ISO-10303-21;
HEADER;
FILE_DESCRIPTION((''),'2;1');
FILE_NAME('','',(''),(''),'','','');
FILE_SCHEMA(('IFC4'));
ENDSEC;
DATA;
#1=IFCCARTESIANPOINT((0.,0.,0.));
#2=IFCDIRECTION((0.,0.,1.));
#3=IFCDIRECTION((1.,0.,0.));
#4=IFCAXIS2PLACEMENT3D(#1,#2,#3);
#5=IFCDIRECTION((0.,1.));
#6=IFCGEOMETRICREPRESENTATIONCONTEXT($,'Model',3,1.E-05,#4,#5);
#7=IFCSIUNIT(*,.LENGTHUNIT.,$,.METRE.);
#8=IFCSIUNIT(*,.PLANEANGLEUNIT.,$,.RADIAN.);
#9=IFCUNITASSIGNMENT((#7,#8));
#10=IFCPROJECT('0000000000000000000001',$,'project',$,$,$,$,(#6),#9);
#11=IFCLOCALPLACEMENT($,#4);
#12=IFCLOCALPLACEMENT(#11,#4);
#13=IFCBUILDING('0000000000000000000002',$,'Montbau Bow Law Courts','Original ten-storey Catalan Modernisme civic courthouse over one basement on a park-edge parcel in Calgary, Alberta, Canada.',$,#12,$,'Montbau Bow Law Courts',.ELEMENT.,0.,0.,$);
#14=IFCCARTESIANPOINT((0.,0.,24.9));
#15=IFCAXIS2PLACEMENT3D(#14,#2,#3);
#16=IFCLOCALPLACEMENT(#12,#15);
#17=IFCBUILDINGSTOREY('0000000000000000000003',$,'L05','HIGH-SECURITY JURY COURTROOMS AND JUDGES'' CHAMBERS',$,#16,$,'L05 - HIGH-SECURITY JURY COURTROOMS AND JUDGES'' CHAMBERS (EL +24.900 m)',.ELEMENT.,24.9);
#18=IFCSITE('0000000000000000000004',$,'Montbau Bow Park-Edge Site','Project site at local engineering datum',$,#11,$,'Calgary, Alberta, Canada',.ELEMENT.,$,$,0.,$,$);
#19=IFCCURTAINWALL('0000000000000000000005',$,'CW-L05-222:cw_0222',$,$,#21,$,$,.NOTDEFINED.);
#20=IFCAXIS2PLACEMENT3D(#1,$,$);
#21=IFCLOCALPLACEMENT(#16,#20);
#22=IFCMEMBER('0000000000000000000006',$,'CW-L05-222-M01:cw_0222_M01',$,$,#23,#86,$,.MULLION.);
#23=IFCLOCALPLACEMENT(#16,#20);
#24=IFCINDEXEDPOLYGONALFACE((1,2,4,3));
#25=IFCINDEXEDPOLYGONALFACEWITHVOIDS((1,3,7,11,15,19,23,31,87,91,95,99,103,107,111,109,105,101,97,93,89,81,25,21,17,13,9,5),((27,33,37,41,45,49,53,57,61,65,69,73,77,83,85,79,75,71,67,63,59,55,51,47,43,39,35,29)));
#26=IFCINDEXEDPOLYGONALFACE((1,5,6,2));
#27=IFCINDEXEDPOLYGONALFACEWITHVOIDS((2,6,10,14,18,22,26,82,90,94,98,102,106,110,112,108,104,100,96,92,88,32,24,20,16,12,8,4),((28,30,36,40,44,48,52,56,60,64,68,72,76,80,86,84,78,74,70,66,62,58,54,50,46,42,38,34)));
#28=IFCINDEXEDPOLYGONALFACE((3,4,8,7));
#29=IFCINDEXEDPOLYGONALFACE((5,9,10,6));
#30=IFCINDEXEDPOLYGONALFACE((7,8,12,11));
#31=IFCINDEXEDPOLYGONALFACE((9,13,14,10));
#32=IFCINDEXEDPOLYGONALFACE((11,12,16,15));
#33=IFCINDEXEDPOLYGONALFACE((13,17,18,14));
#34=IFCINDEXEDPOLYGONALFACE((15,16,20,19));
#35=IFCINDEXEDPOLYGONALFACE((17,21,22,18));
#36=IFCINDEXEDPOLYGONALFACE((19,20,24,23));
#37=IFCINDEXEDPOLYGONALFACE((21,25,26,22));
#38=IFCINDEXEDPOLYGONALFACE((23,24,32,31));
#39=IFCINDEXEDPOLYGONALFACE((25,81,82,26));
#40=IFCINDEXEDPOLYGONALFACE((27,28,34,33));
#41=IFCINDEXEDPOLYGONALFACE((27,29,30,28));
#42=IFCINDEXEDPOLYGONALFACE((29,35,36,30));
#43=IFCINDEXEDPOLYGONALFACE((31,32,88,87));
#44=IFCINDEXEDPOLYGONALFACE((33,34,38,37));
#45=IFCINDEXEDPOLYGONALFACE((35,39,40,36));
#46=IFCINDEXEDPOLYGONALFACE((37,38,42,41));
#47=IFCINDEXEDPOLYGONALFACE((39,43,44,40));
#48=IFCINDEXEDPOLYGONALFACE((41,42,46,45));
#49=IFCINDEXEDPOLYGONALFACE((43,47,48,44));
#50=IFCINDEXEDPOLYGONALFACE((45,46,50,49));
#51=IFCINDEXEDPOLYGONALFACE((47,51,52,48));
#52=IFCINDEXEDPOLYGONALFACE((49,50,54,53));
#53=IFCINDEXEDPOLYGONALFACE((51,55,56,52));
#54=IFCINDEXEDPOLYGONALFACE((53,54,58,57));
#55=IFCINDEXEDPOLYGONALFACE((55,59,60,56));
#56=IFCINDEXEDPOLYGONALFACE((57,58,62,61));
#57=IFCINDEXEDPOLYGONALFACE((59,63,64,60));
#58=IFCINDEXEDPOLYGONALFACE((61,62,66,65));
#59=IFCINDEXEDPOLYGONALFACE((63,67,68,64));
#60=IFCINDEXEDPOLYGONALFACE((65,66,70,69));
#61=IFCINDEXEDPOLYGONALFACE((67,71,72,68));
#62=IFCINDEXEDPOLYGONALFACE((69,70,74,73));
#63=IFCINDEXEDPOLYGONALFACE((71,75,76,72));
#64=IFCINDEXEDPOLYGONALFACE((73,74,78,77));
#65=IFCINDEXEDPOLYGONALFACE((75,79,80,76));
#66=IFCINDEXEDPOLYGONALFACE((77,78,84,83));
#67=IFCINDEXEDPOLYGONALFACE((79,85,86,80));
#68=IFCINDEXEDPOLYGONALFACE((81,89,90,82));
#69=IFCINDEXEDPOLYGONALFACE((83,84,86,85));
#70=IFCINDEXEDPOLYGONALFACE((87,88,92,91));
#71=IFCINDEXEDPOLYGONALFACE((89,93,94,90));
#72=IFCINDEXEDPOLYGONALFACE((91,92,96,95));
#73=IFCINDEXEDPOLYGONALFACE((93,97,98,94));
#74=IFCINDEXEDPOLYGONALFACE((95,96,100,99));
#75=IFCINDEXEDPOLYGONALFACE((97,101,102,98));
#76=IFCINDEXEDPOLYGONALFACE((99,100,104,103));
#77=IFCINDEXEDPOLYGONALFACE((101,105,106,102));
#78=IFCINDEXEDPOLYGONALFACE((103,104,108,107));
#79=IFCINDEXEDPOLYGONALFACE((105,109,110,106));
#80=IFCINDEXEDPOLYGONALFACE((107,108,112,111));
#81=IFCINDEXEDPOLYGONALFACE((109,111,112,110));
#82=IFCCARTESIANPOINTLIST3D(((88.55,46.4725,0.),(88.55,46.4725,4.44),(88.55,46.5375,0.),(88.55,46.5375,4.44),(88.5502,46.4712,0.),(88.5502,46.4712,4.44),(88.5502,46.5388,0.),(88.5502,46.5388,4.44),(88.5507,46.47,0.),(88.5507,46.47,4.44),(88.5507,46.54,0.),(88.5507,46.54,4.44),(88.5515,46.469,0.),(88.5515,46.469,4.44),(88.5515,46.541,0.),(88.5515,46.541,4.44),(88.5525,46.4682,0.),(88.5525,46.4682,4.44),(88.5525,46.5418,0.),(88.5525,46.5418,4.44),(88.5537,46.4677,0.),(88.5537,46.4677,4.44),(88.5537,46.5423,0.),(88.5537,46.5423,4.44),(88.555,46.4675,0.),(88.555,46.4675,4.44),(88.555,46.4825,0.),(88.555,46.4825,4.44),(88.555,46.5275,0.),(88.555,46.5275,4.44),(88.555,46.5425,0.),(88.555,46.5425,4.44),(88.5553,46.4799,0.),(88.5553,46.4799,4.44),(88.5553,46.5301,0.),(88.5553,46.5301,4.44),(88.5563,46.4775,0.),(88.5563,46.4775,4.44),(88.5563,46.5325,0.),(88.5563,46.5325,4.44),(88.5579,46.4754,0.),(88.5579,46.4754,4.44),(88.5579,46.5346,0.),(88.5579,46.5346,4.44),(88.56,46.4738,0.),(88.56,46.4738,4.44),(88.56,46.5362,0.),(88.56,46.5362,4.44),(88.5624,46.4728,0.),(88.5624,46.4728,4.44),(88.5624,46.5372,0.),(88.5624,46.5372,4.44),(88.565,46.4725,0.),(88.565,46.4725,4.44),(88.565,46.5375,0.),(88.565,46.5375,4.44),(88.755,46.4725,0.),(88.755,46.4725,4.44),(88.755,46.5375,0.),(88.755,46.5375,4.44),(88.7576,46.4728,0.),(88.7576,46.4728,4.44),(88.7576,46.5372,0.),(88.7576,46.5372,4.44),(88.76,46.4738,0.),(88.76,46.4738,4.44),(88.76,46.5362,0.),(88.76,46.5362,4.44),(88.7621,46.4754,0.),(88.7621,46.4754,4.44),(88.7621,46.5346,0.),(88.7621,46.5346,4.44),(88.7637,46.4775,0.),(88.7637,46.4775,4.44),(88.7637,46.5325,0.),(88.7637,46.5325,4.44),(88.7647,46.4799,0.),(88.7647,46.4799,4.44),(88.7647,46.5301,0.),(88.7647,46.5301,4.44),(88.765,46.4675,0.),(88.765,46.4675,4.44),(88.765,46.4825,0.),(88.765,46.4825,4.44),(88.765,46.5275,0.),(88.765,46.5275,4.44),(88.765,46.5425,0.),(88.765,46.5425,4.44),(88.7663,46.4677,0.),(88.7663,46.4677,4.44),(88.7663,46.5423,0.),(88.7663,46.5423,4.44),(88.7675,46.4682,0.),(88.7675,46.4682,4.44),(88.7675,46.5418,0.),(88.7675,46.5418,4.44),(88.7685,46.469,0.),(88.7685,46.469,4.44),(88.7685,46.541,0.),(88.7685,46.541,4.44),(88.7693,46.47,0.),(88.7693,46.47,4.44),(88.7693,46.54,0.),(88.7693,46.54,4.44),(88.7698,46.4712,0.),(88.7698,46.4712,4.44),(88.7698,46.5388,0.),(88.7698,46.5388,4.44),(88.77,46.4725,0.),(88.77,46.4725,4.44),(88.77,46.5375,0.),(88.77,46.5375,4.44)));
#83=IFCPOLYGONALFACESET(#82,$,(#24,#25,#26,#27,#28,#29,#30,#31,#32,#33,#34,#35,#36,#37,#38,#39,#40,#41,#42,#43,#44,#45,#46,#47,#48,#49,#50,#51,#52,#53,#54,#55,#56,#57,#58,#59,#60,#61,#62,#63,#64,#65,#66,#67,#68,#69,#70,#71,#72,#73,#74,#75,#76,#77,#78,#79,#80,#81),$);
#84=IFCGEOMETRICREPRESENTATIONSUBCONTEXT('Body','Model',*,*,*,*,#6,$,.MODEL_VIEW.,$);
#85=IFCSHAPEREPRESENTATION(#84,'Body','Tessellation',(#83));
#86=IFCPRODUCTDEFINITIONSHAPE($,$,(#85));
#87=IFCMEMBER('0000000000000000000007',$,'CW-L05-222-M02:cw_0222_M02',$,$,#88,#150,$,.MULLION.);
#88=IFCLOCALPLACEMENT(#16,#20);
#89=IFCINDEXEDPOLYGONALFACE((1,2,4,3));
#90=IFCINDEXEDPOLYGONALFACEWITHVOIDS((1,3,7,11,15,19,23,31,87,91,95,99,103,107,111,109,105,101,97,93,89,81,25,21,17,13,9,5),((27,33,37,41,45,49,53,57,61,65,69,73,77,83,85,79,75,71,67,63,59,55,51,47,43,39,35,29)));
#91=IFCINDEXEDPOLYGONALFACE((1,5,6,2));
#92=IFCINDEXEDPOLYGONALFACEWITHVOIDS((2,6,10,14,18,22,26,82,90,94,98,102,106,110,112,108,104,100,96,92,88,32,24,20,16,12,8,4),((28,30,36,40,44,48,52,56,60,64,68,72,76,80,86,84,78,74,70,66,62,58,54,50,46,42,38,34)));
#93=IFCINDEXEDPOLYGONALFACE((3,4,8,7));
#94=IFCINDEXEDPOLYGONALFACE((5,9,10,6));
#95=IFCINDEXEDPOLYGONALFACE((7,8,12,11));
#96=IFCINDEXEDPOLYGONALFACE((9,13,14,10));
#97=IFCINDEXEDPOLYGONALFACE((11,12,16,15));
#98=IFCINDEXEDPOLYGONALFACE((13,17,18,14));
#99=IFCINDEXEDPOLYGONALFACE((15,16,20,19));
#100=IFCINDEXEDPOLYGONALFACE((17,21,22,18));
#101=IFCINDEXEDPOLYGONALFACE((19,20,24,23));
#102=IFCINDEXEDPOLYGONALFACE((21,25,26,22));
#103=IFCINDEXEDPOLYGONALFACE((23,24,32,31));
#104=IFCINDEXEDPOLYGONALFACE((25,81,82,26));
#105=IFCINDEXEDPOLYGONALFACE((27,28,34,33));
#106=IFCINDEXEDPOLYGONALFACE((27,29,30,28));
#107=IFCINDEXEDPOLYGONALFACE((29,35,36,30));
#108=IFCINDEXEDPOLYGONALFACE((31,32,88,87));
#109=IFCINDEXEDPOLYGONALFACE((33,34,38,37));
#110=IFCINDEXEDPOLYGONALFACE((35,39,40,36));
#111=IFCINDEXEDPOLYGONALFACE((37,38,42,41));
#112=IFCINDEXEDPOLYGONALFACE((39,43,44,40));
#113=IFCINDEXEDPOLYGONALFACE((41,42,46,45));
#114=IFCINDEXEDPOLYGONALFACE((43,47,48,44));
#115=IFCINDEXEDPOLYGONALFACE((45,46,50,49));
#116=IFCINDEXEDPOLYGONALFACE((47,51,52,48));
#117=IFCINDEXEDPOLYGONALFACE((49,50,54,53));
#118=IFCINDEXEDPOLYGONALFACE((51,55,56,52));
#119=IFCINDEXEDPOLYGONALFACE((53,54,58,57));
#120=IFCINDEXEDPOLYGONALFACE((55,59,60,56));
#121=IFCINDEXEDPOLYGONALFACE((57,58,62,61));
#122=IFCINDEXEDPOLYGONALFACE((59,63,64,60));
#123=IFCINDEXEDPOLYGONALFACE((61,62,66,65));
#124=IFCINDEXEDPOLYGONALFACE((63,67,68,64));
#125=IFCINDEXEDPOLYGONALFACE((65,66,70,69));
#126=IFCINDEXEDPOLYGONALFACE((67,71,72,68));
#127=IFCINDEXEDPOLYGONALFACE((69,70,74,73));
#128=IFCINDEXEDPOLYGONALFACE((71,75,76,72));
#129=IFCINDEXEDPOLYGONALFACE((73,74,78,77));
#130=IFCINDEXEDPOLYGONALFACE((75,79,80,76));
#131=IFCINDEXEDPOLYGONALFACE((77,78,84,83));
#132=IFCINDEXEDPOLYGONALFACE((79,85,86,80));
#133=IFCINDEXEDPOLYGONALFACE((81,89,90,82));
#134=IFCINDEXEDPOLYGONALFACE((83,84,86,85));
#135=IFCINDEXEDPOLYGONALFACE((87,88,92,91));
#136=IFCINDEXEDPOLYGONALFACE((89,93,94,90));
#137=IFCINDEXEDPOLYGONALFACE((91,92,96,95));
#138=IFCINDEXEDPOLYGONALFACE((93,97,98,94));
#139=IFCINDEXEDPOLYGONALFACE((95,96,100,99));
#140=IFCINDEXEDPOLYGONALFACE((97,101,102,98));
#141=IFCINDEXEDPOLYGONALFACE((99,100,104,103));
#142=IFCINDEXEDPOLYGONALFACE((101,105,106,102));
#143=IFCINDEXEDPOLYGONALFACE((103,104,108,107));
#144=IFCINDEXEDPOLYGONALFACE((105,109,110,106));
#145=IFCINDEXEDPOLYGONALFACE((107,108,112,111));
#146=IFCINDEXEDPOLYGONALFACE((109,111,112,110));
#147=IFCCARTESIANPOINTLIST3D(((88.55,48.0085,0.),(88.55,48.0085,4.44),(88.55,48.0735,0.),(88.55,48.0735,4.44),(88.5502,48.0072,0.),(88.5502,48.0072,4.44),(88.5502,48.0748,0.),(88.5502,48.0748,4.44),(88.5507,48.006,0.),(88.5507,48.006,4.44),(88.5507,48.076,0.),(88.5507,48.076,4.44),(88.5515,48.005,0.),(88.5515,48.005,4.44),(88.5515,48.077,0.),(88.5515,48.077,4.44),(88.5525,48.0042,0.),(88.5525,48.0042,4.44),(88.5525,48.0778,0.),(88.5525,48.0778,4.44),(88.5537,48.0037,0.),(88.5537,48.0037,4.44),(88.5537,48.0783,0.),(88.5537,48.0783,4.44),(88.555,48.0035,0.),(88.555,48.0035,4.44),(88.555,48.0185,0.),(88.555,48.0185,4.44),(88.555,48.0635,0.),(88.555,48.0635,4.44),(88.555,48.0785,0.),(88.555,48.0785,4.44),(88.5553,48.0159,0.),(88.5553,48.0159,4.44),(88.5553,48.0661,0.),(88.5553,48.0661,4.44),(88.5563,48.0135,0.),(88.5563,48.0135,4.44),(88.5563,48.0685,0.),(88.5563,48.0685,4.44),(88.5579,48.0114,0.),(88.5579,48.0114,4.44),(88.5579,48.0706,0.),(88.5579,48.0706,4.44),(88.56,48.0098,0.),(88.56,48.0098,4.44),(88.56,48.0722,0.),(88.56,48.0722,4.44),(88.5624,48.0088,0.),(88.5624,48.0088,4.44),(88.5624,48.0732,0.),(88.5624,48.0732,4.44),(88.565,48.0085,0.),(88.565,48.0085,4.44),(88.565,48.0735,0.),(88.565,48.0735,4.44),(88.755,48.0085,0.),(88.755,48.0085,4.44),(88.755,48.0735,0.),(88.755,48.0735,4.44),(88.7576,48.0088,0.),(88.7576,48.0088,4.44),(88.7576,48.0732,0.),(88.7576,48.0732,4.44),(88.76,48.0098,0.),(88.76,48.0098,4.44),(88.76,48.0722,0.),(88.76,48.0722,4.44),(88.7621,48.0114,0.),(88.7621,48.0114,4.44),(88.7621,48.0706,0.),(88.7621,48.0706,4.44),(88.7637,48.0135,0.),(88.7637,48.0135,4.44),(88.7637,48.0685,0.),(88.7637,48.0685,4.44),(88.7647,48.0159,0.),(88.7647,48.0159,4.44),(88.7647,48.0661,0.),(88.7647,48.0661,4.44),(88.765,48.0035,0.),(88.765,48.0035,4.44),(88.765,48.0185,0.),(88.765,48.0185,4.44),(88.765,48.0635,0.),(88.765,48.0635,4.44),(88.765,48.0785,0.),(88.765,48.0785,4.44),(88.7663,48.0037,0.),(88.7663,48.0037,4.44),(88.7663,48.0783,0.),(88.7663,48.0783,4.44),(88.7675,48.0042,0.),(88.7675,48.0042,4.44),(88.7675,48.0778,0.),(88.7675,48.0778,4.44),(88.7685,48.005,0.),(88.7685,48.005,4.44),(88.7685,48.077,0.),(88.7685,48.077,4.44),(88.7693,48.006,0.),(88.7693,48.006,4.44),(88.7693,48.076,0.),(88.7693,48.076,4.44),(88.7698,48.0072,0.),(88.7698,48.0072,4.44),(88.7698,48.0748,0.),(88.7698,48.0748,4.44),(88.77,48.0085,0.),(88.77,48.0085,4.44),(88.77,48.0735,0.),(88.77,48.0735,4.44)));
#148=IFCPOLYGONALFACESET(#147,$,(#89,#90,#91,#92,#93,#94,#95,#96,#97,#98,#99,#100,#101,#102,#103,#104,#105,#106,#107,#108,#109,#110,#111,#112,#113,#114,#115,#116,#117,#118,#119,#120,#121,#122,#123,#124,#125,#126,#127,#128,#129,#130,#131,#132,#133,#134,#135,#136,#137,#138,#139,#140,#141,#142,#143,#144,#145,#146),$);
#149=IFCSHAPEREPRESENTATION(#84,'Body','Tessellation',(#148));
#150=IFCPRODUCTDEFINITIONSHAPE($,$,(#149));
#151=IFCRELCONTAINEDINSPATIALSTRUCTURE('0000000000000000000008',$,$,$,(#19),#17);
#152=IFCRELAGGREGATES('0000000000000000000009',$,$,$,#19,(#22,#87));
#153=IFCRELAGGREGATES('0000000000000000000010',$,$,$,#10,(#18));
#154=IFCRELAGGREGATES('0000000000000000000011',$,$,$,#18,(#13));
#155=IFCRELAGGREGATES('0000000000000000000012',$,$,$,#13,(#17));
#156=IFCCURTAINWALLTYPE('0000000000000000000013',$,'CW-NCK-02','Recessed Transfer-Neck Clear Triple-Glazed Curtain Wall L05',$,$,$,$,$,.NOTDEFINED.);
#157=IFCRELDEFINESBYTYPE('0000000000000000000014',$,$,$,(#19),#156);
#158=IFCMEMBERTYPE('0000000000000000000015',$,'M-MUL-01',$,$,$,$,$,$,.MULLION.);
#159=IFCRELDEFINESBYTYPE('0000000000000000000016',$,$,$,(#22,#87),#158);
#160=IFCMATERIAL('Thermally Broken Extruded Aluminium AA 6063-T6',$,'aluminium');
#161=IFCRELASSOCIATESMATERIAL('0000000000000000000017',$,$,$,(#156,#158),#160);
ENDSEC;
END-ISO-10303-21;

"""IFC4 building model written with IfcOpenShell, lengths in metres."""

from ifc_helpers import new_model, si_unit, direction, frame, origin_with_axes, origin_2d_with_axis, place, context, subcontext, project, spatial, hollow_rectangle, extrude, material, material_profile, profile_set, type_object, element, aggregate, save


model = new_model("IFC4")

# Units and contexts
model_context = context("Model", 3, precision=1e-05, world=origin_with_axes(), true_north=direction((0.0, 1.0)))
body_context = subcontext(model_context, "Body", "Model", "MODEL_VIEW")
ifc_project = project(units=[si_unit("LENGTHUNIT", "METRE"), si_unit("PLANEANGLEUNIT", "RADIAN")], contexts=[model_context])

# Site, building, storey
site_placement = place(None, origin_with_axes())
site = spatial("IfcSite", under=ifc_project, at=site_placement, Name="Montbau Bow Park-Edge Site", Description="Project site at local engineering datum", LongName="Calgary, Alberta, Canada", CompositionType="ELEMENT", RefElevation=0.0)
building_placement = place(site_placement, origin_with_axes())
building = spatial("IfcBuilding", under=site, at=building_placement, Name="Montbau Bow Law Courts", Description="Original ten-storey Catalan Modernisme civic courthouse over one basement on a park-edge parcel in Calgary, Alberta, Canada.", LongName="Montbau Bow Law Courts", CompositionType="ELEMENT", ElevationOfRefHeight=0.0, ElevationOfTerrain=0.0)
storey_placement = place(building_placement, frame((0.0, 0.0, 24.9), z_axis=(0.0, 0.0, 1.0), x_axis=(1.0, 0.0, 0.0)))
storey = spatial("IfcBuildingStorey", under=building, at=storey_placement, Name="L05", Description="HIGH-SECURITY JURY COURTROOMS AND JUDGES' CHAMBERS", LongName="L05 - HIGH-SECURITY JURY COURTROOMS AND JUDGES' CHAMBERS (EL +24.900 m)", CompositionType="ELEMENT", Elevation=24.9)

# Curtain wall, members
ifc_material_1 = material(Name="Thermally Broken Extruded Aluminium AA 6063-T6", Category="aluminium")
curtain_wall_type = type_object("IfcCurtainWallType", Name="CW-NCK-02", Description="Recessed Transfer-Neck Clear Triple-Glazed Curtain Wall L05", PredefinedType="NOTDEFINED", material=ifc_material_1)
curtain_wall_1_placement = place(None, frame((88.66, 46.468, 24.9), z_axis=(0.0, 0.0, 1.0), x_axis=(1.0, 0.0, 0.0)))
curtain_wall_1 = element("IfcCurtainWall", 1, at=curtain_wall_1_placement, inside=storey, type_object=curtain_wall_type, Name="CW-L05-222:cw_0222", PredefinedType="NOTDEFINED")
ifc_material_profile_1 = material_profile(ifc_material_1, hollow_rectangle(XDim=0.075, YDim=0.22, WallThickness=0.005, InnerFilletRadius=0.01, OuterFilletRadius=0.005, at=origin_2d_with_axis()), Name="CWM-220X75", Category="Main", Priority=0)
ifc_profile_set_1 = profile_set([ifc_material_profile_1], Name="Thermally Broken Extruded Aluminium AA 6063-T6")
member_type_1 = type_object("IfcMemberType", Name="M-MUL-01", PredefinedType="MULLION", material=ifc_profile_set_1)
member_1_placement = place(None, frame((88.66, 46.505, 24.9), z_axis=(0.0, 0.0, 1.0), x_axis=(0.0, 1.0, 0.0)))
member_1 = element("IfcMember", 2, at=member_1_placement, type_object=member_type_1, Name="CW-L05-222-M01:cw_0222_M01", PredefinedType="MULLION", context=body_context, shape_type="SweptSolid", body=[
    extrude(hollow_rectangle(XDim=0.075, YDim=0.22, WallThickness=0.005, InnerFilletRadius=0.01, OuterFilletRadius=0.005, at=origin_2d_with_axis()), origin_with_axes(), (0.0, 0.0, 1.0), 4.44),
])
member_2_placement = place(None, frame((88.66, 48.041, 24.9), z_axis=(0.0, 0.0, 1.0), x_axis=(0.0, 1.0, 0.0)))
member_2 = element("IfcMember", 3, at=member_2_placement, type_object=member_type_1, Name="CW-L05-222-M02:cw_0222_M02", PredefinedType="MULLION", context=body_context, shape_type="SweptSolid", body=[
    extrude(hollow_rectangle(XDim=0.075, YDim=0.22, WallThickness=0.005, InnerFilletRadius=0.01, OuterFilletRadius=0.005, at=origin_2d_with_axis()), origin_with_axes(), (0.0, 0.0, 1.0), 4.44),
])

aggregate(curtain_wall_1, [member_1, member_2])

save(model, "model.ifc")
